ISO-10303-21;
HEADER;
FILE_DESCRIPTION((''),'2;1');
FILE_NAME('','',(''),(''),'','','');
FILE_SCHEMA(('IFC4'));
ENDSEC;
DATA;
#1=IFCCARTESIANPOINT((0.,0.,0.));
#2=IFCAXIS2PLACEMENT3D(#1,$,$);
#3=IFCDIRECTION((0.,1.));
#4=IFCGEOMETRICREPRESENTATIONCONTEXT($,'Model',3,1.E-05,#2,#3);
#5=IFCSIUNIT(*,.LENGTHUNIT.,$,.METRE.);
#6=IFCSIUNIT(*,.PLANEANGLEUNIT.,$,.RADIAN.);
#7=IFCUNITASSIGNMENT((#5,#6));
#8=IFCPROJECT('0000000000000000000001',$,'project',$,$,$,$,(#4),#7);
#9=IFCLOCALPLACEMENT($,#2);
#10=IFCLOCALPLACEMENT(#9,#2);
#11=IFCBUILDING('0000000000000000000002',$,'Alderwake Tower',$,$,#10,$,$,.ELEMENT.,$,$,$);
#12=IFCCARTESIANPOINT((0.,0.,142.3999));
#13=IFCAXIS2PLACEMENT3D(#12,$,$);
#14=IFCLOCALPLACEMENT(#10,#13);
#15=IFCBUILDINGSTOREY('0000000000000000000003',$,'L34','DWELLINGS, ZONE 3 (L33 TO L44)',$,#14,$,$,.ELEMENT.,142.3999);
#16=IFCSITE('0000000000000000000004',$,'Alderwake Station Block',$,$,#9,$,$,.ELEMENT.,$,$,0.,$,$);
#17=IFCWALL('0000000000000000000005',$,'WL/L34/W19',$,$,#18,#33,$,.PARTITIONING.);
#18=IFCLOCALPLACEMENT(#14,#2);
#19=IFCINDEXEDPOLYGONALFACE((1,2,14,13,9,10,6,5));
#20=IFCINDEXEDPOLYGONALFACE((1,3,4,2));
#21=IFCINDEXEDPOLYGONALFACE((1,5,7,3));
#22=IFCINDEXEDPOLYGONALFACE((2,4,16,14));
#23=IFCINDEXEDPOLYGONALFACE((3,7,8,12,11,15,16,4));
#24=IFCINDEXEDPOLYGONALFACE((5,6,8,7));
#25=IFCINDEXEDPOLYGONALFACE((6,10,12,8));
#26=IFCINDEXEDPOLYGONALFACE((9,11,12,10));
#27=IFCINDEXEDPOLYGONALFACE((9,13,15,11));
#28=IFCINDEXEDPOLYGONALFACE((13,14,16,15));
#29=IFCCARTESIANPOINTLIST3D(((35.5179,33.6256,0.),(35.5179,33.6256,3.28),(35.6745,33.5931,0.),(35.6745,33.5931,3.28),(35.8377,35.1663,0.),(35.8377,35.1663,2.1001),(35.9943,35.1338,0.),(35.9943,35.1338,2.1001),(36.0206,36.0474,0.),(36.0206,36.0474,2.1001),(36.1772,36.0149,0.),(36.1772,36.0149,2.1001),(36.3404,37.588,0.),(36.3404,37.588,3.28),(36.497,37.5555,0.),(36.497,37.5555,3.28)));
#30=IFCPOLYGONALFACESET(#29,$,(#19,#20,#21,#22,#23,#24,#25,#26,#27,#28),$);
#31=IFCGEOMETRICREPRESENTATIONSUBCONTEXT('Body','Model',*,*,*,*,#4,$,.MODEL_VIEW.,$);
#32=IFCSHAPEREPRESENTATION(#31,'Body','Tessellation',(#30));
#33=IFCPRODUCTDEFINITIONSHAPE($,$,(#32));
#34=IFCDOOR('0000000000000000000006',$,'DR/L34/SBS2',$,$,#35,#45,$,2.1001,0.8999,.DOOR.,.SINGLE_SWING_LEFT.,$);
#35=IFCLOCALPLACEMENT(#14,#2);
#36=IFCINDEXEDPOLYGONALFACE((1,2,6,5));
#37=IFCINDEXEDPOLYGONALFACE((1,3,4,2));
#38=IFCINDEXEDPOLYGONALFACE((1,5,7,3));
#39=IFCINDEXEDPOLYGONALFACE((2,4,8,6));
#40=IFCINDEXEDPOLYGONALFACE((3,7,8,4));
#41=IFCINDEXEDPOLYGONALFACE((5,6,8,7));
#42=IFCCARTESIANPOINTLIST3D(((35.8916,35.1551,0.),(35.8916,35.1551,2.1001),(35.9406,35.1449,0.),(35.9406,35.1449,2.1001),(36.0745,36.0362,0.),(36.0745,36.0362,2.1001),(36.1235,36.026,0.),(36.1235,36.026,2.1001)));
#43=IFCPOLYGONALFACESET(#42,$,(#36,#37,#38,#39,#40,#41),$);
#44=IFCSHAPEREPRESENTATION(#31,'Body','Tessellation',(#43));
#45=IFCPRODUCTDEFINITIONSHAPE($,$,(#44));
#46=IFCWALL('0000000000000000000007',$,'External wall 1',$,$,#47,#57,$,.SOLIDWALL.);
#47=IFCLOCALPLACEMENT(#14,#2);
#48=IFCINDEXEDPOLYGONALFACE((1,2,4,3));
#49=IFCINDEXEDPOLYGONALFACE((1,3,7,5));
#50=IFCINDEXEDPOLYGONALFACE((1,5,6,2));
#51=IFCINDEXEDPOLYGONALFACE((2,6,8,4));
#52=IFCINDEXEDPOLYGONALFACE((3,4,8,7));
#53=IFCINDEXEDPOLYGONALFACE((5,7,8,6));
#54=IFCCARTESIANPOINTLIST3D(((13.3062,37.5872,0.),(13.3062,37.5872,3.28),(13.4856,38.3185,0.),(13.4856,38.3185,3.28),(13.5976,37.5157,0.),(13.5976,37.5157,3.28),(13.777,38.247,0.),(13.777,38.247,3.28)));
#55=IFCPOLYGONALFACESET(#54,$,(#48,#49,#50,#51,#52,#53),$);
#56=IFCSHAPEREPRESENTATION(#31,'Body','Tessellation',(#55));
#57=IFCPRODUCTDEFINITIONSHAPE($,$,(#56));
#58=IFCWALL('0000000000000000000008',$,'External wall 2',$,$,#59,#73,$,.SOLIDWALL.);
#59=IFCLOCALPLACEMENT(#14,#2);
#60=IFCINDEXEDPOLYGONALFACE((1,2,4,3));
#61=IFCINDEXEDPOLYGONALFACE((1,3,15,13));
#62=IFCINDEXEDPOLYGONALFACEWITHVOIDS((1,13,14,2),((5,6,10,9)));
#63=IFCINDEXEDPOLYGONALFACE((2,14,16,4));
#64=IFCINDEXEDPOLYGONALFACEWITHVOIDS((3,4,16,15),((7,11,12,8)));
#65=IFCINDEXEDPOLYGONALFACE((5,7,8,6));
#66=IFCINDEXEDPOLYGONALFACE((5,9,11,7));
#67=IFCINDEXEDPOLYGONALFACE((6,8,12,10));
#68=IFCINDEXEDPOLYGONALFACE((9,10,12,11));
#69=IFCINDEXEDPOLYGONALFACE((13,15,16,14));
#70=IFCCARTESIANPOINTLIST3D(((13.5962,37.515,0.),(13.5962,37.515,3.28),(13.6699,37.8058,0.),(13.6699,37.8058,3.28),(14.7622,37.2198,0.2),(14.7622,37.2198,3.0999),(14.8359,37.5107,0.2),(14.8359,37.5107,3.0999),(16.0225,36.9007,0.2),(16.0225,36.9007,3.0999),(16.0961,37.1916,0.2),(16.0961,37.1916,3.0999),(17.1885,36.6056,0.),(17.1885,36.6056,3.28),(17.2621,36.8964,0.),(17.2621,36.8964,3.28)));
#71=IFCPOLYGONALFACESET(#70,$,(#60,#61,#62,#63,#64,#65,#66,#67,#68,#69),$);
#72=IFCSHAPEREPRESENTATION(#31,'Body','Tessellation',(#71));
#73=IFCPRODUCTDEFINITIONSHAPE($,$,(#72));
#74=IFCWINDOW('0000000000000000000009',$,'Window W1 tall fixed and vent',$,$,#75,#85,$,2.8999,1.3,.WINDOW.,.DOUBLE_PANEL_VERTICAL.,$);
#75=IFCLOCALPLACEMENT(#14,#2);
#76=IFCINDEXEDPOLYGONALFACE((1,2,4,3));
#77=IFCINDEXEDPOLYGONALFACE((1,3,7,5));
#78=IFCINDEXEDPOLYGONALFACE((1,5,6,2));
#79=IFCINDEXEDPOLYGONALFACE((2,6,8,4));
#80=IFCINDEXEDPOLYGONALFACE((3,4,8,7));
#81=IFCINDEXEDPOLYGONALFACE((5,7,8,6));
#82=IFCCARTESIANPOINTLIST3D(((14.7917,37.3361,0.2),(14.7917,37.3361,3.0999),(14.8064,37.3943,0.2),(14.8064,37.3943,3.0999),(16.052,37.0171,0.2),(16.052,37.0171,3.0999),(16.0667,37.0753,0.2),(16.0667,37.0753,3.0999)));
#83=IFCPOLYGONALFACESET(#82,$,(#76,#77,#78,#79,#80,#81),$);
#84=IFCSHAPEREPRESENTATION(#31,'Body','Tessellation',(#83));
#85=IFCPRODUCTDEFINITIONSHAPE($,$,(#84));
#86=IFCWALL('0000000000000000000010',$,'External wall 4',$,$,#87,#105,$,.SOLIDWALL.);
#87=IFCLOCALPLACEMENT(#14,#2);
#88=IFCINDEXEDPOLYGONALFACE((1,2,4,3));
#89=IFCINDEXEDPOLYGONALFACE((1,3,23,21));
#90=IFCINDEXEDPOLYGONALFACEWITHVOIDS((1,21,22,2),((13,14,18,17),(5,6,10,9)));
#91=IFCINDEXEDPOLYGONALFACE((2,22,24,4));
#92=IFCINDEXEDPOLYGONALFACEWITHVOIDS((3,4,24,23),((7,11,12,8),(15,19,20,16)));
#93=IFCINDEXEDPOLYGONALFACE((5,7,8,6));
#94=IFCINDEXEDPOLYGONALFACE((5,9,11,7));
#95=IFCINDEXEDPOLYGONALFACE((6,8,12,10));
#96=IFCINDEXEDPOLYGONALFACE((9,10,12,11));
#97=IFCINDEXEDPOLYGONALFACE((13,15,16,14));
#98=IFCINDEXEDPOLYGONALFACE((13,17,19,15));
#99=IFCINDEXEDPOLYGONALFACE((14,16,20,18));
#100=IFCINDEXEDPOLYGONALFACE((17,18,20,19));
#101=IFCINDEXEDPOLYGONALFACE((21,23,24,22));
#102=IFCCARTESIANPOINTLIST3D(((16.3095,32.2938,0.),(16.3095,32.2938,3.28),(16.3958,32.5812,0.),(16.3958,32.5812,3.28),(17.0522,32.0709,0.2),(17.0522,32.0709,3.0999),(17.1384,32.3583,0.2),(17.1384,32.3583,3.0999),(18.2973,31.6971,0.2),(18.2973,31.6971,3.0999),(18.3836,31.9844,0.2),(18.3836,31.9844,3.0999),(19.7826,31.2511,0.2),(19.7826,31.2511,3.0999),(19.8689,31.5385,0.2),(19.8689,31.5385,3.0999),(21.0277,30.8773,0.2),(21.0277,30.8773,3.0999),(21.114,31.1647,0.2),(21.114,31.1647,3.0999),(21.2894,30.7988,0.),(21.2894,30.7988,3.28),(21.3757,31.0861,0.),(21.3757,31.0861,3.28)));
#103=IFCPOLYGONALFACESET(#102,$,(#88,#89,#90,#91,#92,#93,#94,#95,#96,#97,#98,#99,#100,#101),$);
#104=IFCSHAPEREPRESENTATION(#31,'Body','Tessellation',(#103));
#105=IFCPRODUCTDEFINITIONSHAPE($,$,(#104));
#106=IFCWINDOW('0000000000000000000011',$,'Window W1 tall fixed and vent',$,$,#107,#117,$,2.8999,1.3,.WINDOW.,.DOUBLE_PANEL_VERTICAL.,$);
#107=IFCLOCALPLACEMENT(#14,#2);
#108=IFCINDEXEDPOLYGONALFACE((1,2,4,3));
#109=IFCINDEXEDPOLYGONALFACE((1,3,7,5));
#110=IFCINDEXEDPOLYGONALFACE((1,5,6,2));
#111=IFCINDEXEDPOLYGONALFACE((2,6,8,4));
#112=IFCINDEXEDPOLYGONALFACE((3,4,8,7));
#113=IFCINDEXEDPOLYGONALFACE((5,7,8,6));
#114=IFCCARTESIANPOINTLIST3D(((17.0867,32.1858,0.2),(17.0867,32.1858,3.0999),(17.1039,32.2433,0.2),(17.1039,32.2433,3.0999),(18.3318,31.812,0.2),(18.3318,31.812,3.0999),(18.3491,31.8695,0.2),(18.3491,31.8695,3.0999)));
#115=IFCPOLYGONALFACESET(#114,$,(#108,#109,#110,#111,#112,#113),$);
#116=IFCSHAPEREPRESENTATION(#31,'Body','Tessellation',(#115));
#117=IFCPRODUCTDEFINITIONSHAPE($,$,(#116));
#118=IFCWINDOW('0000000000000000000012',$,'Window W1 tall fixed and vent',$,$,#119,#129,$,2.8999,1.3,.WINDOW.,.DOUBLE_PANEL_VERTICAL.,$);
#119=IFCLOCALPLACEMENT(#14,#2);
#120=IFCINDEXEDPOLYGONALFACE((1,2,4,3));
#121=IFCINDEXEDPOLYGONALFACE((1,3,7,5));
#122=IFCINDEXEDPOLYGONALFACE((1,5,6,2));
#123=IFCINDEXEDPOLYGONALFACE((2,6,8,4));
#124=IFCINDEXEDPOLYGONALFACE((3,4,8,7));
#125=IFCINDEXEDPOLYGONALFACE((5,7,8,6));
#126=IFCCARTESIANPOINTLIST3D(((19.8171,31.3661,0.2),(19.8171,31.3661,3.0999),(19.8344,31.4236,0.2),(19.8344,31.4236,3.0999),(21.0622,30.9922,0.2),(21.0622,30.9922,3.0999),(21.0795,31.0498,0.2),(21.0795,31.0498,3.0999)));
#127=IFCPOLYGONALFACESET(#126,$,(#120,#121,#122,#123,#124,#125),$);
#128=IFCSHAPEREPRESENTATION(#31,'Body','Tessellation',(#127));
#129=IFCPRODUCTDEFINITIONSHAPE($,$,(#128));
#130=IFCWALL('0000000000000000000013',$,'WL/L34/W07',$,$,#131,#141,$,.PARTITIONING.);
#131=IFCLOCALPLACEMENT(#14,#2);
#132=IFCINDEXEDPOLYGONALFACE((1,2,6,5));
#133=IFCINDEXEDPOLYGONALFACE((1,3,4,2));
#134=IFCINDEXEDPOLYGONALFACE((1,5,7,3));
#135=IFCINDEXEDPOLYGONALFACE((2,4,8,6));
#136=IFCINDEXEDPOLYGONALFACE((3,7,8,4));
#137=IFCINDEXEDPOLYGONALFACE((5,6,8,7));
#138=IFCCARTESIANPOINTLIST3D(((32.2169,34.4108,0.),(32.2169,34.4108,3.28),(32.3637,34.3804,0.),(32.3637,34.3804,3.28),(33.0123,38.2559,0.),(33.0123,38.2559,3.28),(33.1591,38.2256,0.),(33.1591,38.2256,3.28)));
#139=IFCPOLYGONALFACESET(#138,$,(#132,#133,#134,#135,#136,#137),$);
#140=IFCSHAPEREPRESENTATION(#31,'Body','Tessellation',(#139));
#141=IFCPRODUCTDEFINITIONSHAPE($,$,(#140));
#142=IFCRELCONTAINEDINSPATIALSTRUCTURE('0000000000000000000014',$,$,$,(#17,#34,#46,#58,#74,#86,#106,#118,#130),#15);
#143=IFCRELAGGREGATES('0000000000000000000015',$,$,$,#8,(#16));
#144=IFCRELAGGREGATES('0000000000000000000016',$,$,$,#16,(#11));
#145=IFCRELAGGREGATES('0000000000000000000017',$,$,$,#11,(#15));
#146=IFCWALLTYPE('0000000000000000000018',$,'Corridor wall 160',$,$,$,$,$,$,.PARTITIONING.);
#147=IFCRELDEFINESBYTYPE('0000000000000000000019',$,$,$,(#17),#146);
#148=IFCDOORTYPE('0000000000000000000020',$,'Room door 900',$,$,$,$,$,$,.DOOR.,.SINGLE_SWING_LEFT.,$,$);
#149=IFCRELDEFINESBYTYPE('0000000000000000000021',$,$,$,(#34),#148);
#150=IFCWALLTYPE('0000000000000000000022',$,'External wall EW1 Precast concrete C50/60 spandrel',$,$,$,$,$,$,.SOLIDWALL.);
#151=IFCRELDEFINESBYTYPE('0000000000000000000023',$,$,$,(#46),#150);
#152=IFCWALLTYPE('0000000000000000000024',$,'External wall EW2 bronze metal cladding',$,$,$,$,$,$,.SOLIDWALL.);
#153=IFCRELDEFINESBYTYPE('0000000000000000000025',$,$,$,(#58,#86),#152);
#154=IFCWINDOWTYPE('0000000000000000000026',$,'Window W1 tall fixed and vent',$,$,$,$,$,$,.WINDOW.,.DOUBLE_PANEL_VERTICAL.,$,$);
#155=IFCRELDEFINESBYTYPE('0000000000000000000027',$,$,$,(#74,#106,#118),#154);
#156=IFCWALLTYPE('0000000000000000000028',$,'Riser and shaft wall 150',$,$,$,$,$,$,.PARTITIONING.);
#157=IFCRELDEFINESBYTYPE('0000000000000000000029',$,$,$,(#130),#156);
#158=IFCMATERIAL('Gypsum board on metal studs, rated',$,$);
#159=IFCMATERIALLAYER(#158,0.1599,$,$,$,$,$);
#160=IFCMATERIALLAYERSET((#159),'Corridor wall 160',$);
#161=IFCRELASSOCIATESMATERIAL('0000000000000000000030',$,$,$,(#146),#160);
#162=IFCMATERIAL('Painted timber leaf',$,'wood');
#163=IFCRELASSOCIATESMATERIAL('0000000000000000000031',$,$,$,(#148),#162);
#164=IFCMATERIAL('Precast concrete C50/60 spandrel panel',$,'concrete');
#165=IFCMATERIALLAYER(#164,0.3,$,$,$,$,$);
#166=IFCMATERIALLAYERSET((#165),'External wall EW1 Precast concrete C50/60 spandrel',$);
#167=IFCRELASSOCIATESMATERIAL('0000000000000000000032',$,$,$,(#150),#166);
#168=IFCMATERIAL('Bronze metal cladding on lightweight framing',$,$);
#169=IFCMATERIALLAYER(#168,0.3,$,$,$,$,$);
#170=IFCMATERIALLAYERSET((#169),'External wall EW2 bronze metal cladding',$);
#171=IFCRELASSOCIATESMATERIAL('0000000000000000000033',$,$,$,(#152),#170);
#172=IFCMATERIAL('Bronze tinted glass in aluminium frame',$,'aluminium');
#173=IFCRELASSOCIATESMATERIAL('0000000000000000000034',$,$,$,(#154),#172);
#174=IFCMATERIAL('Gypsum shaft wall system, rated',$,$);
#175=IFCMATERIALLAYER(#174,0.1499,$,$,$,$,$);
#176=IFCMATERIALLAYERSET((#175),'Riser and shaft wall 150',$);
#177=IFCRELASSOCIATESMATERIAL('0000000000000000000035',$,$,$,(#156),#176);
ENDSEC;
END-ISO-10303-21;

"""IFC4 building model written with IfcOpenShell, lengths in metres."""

from ifc_helpers import new_model, si_unit, direction, frame, frame_2d, origin, place, context, subcontext, project, spatial, rectangle, extrude, material, layer, layer_set, type_object, element, fill, save


model = new_model("IFC4")

# Units and contexts
model_context = context("Model", 3, precision=1e-05, world=origin(), true_north=direction((0.0, 1.0)))
body_context = subcontext(model_context, "Body", "Model", "MODEL_VIEW")
ifc_project = project(units=[si_unit("LENGTHUNIT", "METRE"), si_unit("PLANEANGLEUNIT", "RADIAN")], contexts=[model_context])

# Site, building, storey
site_placement = place(None, origin())
site = spatial("IfcSite", under=ifc_project, at=site_placement, Name="Alderwake Station Block", CompositionType="ELEMENT", RefElevation=0.0)
building_placement = place(site_placement, origin())
building = spatial("IfcBuilding", under=site, at=building_placement, Name="Alderwake Tower", CompositionType="ELEMENT")
storey_placement = place(building_placement, frame((0.0, 0.0, 142.3999)))
storey = spatial("IfcBuildingStorey", under=building, at=storey_placement, Name="L34", Description="DWELLINGS, ZONE 3 (L33 TO L44)", CompositionType="ELEMENT", Elevation=142.3999)

# Wall, opening, door
ifc_material_1 = material(Name="Gypsum board on metal studs, rated")
ifc_layer_1 = layer(ifc_material_1, 0.1599)
ifc_layer_set_1 = layer_set([ifc_layer_1], Name="Corridor wall 160")
wall_type_1 = type_object("IfcWallType", Name="Corridor wall 160", PredefinedType="PARTITIONING", material=ifc_layer_set_1)
ifc_material_2 = material(Name="Painted timber leaf", Category="wood")
door_type_1 = type_object("IfcDoorType", Name="Room door 900", OperationType="SINGLE_SWING_LEFT", PredefinedType="DOOR", material=ifc_material_2)
wall_1_placement = place(storey_placement, frame((35.5962, 33.6094, 0.0), z_axis=(0.0, 0.0, 1.0), x_axis=(0.203246, 0.979128, 0.0)))
wall_1 = element("IfcWall", 1, at=wall_1_placement, inside=storey, type_object=wall_type_1, Name="WL/L34/W19", PredefinedType="PARTITIONING", context=body_context, shape_type="SweptSolid", body=[
    extrude(rectangle(XDim=4.0469, YDim=0.1599, at=frame_2d((2.0234, 0.0))), origin(), (0.0, 0.0, 1.0), 3.28),
])
opening_1_placement = place(wall_1_placement, frame((1.5735, 0.0, 0.0)))
opening_1 = element("IfcOpeningElement", 2, at=opening_1_placement, cuts=wall_1, PredefinedType="OPENING", context=body_context, shape_type="SweptSolid", body=[
    extrude(rectangle(XDim=0.8999, YDim=2.1001, at=frame_2d((0.45, 1.05))), frame((0.0, 0.0898, 0.0), z_axis=(0.0, -1.0, 0.0), x_axis=(1.0, 0.0, 0.0)), (0.0, 0.0, 1.0), 0.1799),
])
door_1_placement = place(opening_1_placement, origin())
door_1 = element("IfcDoor", 3, at=door_1_placement, inside=storey, type_object=door_type_1, Name="DR/L34/SBS2", OperationType="SINGLE_SWING_LEFT", OverallHeight=2.1001, OverallWidth=0.8999, PredefinedType="DOOR", context=body_context, shape_type="SweptSolid", body=[
    extrude(rectangle(XDim=0.8999, YDim=2.1001, at=frame_2d((0.45, 1.05))), frame((0.0, 0.0249, 0.0), z_axis=(0.0, -1.0, 0.0), x_axis=(1.0, 0.0, 0.0)), (0.0, 0.0, 1.0), 0.05),
])
fill(opening_1, door_1)

# Wall
ifc_material_3 = material(Name="Precast concrete C50/60 spandrel panel", Category="concrete")
ifc_layer_2 = layer(ifc_material_3, 0.3)
ifc_layer_set_2 = layer_set([ifc_layer_2], Name="External wall EW1 Precast concrete C50/60 spandrel")
wall_type_2 = type_object("IfcWallType", Name="External wall EW1 Precast concrete C50/60 spandrel", PredefinedType="SOLIDWALL", material=ifc_layer_set_2)
wall_2_placement = place(storey_placement, frame((13.6313, 38.2827, 0.0), z_axis=(0.0, 0.0, 1.0), x_axis=(-0.238337, -0.971183, 0.0)))
element("IfcWall", 4, at=wall_2_placement, inside=storey, type_object=wall_type_2, Name="External wall 1", PredefinedType="SOLIDWALL", context=body_context, shape_type="SweptSolid", body=[
    extrude(rectangle(XDim=0.7529, YDim=0.3, at=frame_2d((0.3765, 0.0))), origin(), (0.0, 0.0, 1.0), 3.28),
])

# Wall, opening, window
ifc_material_4 = material(Name="Bronze metal cladding on lightweight framing")
ifc_layer_3 = layer(ifc_material_4, 0.3)
ifc_layer_set_3 = layer_set([ifc_layer_3], Name="External wall EW2 bronze metal cladding")
wall_type_3 = type_object("IfcWallType", Name="External wall EW2 bronze metal cladding", PredefinedType="SOLIDWALL", material=ifc_layer_set_3)
wall_3_placement = place(storey_placement, frame((13.6331, 37.6604, 0.0), z_axis=(0.0, 0.0, 1.0), x_axis=(0.969417, -0.245418, 0.0)))
wall_3 = element("IfcWall", 5, at=wall_3_placement, inside=storey, type_object=wall_type_3, Name="External wall 2", PredefinedType="SOLIDWALL", context=body_context, shape_type="SweptSolid", body=[
    extrude(rectangle(XDim=3.7056, YDim=0.3, at=frame_2d((1.8528, 0.0))), origin(), (0.0, 0.0, 1.0), 3.28),
])
opening_2_placement = place(wall_3_placement, frame((1.2029, 0.0, 0.2)))
opening_2 = element("IfcOpeningElement", 6, at=opening_2_placement, cuts=wall_3, PredefinedType="OPENING", context=body_context, shape_type="SweptSolid", body=[
    extrude(rectangle(XDim=1.3, YDim=2.8999, at=frame_2d((0.6499, 1.45))), frame((0.0, 0.1599, 0.0), z_axis=(0.0, -1.0, 0.0), x_axis=(1.0, 0.0, 0.0)), (0.0, 0.0, 1.0), 0.3201),
])
ifc_material_5 = material(Name="Bronze tinted glass in aluminium frame", Category="aluminium")
window_type = type_object("IfcWindowType", Name="Window W1 tall fixed and vent", PartitioningType="DOUBLE_PANEL_VERTICAL", PredefinedType="WINDOW", material=ifc_material_5)
window_1_placement = place(opening_2_placement, origin())
window_1 = element("IfcWindow", 7, at=window_1_placement, inside=storey, type_object=window_type, Name="Window W1 tall fixed and vent", OverallHeight=2.8999, OverallWidth=1.3, PartitioningType="DOUBLE_PANEL_VERTICAL", PredefinedType="WINDOW", context=body_context, shape_type="SweptSolid", body=[
    extrude(rectangle(XDim=1.3, YDim=2.8999, at=frame_2d((0.6499, 1.45))), frame((0.0, 0.03, 0.0), z_axis=(0.0, -1.0, 0.0), x_axis=(1.0, 0.0, 0.0)), (0.0, 0.0, 1.0), 0.0601),
])
fill(opening_2, window_1)

# Wall, openings, windows
wall_4_placement = place(storey_placement, frame((16.3528, 32.4375, 0.0), z_axis=(0.0, 0.0, 1.0), x_axis=(0.957767, -0.287546, 0.0)))
wall_4 = element("IfcWall", 8, at=wall_4_placement, inside=storey, type_object=wall_type_3, Name="External wall 4", PredefinedType="SOLIDWALL", context=body_context, shape_type="SweptSolid", body=[
    extrude(rectangle(XDim=5.1995, YDim=0.3, at=frame_2d((2.5996, 0.0))), origin(), (0.0, 0.0, 1.0), 3.28),
])
opening_3_placement = place(wall_4_placement, frame((0.7754, 0.0, 0.2)))
opening_3 = element("IfcOpeningElement", 9, at=opening_3_placement, cuts=wall_4, PredefinedType="OPENING", context=body_context, shape_type="SweptSolid", body=[
    extrude(rectangle(XDim=1.3, YDim=2.8999, at=frame_2d((0.6499, 1.45))), frame((0.0, 0.1599, 0.0), z_axis=(0.0, -1.0, 0.0), x_axis=(1.0, 0.0, 0.0)), (0.0, 0.0, 1.0), 0.3201),
])
opening_4_placement = place(wall_4_placement, frame((3.6262, 0.0, 0.2)))
opening_4 = element("IfcOpeningElement", 10, at=opening_4_placement, cuts=wall_4, PredefinedType="OPENING", context=body_context, shape_type="SweptSolid", body=[
    extrude(rectangle(XDim=1.3, YDim=2.8999, at=frame_2d((0.6499, 1.45))), frame((0.0, 0.1599, 0.0), z_axis=(0.0, -1.0, 0.0), x_axis=(1.0, 0.0, 0.0)), (0.0, 0.0, 1.0), 0.3201),
])
window_2_placement = place(opening_3_placement, origin())
window_2 = element("IfcWindow", 11, at=window_2_placement, inside=storey, type_object=window_type, Name="Window W1 tall fixed and vent", OverallHeight=2.8999, OverallWidth=1.3, PartitioningType="DOUBLE_PANEL_VERTICAL", PredefinedType="WINDOW", context=body_context, shape_type="SweptSolid", body=[
    extrude(rectangle(XDim=1.3, YDim=2.8999, at=frame_2d((0.6499, 1.45))), frame((0.0, 0.03, 0.0), z_axis=(0.0, -1.0, 0.0), x_axis=(1.0, 0.0, 0.0)), (0.0, 0.0, 1.0), 0.0601),
])
fill(opening_3, window_2)
window_3_placement = place(opening_4_placement, origin())
window_3 = element("IfcWindow", 12, at=window_3_placement, inside=storey, type_object=window_type, Name="Window W1 tall fixed and vent", OverallHeight=2.8999, OverallWidth=1.3, PartitioningType="DOUBLE_PANEL_VERTICAL", PredefinedType="WINDOW", context=body_context, shape_type="SweptSolid", body=[
    extrude(rectangle(XDim=1.3, YDim=2.8999, at=frame_2d((0.6499, 1.45))), frame((0.0, 0.03, 0.0), z_axis=(0.0, -1.0, 0.0), x_axis=(1.0, 0.0, 0.0)), (0.0, 0.0, 1.0), 0.0601),
])
fill(opening_4, window_3)

# Wall
ifc_material_6 = material(Name="Gypsum shaft wall system, rated")
ifc_layer_4 = layer(ifc_material_6, 0.1499)
ifc_layer_set_4 = layer_set([ifc_layer_4], Name="Riser and shaft wall 150")
wall_type_4 = type_object("IfcWallType", Name="Riser and shaft wall 150", PredefinedType="PARTITIONING", material=ifc_layer_set_4)
wall_5_placement = place(storey_placement, frame((32.2903, 34.3955, 0.0), z_axis=(0.0, 0.0, 1.0), x_axis=(0.202569, 0.979268, 0.0)))
element("IfcWall", 13, at=wall_5_placement, inside=storey, type_object=wall_type_4, Name="WL/L34/W07", PredefinedType="PARTITIONING", context=body_context, shape_type="SweptSolid", body=[
    extrude(rectangle(XDim=3.9265, YDim=0.1499, at=frame_2d((1.9634, 0.0))), origin(), (0.0, 0.0, 1.0), 3.28),
])

save(model, "model.ifc")
